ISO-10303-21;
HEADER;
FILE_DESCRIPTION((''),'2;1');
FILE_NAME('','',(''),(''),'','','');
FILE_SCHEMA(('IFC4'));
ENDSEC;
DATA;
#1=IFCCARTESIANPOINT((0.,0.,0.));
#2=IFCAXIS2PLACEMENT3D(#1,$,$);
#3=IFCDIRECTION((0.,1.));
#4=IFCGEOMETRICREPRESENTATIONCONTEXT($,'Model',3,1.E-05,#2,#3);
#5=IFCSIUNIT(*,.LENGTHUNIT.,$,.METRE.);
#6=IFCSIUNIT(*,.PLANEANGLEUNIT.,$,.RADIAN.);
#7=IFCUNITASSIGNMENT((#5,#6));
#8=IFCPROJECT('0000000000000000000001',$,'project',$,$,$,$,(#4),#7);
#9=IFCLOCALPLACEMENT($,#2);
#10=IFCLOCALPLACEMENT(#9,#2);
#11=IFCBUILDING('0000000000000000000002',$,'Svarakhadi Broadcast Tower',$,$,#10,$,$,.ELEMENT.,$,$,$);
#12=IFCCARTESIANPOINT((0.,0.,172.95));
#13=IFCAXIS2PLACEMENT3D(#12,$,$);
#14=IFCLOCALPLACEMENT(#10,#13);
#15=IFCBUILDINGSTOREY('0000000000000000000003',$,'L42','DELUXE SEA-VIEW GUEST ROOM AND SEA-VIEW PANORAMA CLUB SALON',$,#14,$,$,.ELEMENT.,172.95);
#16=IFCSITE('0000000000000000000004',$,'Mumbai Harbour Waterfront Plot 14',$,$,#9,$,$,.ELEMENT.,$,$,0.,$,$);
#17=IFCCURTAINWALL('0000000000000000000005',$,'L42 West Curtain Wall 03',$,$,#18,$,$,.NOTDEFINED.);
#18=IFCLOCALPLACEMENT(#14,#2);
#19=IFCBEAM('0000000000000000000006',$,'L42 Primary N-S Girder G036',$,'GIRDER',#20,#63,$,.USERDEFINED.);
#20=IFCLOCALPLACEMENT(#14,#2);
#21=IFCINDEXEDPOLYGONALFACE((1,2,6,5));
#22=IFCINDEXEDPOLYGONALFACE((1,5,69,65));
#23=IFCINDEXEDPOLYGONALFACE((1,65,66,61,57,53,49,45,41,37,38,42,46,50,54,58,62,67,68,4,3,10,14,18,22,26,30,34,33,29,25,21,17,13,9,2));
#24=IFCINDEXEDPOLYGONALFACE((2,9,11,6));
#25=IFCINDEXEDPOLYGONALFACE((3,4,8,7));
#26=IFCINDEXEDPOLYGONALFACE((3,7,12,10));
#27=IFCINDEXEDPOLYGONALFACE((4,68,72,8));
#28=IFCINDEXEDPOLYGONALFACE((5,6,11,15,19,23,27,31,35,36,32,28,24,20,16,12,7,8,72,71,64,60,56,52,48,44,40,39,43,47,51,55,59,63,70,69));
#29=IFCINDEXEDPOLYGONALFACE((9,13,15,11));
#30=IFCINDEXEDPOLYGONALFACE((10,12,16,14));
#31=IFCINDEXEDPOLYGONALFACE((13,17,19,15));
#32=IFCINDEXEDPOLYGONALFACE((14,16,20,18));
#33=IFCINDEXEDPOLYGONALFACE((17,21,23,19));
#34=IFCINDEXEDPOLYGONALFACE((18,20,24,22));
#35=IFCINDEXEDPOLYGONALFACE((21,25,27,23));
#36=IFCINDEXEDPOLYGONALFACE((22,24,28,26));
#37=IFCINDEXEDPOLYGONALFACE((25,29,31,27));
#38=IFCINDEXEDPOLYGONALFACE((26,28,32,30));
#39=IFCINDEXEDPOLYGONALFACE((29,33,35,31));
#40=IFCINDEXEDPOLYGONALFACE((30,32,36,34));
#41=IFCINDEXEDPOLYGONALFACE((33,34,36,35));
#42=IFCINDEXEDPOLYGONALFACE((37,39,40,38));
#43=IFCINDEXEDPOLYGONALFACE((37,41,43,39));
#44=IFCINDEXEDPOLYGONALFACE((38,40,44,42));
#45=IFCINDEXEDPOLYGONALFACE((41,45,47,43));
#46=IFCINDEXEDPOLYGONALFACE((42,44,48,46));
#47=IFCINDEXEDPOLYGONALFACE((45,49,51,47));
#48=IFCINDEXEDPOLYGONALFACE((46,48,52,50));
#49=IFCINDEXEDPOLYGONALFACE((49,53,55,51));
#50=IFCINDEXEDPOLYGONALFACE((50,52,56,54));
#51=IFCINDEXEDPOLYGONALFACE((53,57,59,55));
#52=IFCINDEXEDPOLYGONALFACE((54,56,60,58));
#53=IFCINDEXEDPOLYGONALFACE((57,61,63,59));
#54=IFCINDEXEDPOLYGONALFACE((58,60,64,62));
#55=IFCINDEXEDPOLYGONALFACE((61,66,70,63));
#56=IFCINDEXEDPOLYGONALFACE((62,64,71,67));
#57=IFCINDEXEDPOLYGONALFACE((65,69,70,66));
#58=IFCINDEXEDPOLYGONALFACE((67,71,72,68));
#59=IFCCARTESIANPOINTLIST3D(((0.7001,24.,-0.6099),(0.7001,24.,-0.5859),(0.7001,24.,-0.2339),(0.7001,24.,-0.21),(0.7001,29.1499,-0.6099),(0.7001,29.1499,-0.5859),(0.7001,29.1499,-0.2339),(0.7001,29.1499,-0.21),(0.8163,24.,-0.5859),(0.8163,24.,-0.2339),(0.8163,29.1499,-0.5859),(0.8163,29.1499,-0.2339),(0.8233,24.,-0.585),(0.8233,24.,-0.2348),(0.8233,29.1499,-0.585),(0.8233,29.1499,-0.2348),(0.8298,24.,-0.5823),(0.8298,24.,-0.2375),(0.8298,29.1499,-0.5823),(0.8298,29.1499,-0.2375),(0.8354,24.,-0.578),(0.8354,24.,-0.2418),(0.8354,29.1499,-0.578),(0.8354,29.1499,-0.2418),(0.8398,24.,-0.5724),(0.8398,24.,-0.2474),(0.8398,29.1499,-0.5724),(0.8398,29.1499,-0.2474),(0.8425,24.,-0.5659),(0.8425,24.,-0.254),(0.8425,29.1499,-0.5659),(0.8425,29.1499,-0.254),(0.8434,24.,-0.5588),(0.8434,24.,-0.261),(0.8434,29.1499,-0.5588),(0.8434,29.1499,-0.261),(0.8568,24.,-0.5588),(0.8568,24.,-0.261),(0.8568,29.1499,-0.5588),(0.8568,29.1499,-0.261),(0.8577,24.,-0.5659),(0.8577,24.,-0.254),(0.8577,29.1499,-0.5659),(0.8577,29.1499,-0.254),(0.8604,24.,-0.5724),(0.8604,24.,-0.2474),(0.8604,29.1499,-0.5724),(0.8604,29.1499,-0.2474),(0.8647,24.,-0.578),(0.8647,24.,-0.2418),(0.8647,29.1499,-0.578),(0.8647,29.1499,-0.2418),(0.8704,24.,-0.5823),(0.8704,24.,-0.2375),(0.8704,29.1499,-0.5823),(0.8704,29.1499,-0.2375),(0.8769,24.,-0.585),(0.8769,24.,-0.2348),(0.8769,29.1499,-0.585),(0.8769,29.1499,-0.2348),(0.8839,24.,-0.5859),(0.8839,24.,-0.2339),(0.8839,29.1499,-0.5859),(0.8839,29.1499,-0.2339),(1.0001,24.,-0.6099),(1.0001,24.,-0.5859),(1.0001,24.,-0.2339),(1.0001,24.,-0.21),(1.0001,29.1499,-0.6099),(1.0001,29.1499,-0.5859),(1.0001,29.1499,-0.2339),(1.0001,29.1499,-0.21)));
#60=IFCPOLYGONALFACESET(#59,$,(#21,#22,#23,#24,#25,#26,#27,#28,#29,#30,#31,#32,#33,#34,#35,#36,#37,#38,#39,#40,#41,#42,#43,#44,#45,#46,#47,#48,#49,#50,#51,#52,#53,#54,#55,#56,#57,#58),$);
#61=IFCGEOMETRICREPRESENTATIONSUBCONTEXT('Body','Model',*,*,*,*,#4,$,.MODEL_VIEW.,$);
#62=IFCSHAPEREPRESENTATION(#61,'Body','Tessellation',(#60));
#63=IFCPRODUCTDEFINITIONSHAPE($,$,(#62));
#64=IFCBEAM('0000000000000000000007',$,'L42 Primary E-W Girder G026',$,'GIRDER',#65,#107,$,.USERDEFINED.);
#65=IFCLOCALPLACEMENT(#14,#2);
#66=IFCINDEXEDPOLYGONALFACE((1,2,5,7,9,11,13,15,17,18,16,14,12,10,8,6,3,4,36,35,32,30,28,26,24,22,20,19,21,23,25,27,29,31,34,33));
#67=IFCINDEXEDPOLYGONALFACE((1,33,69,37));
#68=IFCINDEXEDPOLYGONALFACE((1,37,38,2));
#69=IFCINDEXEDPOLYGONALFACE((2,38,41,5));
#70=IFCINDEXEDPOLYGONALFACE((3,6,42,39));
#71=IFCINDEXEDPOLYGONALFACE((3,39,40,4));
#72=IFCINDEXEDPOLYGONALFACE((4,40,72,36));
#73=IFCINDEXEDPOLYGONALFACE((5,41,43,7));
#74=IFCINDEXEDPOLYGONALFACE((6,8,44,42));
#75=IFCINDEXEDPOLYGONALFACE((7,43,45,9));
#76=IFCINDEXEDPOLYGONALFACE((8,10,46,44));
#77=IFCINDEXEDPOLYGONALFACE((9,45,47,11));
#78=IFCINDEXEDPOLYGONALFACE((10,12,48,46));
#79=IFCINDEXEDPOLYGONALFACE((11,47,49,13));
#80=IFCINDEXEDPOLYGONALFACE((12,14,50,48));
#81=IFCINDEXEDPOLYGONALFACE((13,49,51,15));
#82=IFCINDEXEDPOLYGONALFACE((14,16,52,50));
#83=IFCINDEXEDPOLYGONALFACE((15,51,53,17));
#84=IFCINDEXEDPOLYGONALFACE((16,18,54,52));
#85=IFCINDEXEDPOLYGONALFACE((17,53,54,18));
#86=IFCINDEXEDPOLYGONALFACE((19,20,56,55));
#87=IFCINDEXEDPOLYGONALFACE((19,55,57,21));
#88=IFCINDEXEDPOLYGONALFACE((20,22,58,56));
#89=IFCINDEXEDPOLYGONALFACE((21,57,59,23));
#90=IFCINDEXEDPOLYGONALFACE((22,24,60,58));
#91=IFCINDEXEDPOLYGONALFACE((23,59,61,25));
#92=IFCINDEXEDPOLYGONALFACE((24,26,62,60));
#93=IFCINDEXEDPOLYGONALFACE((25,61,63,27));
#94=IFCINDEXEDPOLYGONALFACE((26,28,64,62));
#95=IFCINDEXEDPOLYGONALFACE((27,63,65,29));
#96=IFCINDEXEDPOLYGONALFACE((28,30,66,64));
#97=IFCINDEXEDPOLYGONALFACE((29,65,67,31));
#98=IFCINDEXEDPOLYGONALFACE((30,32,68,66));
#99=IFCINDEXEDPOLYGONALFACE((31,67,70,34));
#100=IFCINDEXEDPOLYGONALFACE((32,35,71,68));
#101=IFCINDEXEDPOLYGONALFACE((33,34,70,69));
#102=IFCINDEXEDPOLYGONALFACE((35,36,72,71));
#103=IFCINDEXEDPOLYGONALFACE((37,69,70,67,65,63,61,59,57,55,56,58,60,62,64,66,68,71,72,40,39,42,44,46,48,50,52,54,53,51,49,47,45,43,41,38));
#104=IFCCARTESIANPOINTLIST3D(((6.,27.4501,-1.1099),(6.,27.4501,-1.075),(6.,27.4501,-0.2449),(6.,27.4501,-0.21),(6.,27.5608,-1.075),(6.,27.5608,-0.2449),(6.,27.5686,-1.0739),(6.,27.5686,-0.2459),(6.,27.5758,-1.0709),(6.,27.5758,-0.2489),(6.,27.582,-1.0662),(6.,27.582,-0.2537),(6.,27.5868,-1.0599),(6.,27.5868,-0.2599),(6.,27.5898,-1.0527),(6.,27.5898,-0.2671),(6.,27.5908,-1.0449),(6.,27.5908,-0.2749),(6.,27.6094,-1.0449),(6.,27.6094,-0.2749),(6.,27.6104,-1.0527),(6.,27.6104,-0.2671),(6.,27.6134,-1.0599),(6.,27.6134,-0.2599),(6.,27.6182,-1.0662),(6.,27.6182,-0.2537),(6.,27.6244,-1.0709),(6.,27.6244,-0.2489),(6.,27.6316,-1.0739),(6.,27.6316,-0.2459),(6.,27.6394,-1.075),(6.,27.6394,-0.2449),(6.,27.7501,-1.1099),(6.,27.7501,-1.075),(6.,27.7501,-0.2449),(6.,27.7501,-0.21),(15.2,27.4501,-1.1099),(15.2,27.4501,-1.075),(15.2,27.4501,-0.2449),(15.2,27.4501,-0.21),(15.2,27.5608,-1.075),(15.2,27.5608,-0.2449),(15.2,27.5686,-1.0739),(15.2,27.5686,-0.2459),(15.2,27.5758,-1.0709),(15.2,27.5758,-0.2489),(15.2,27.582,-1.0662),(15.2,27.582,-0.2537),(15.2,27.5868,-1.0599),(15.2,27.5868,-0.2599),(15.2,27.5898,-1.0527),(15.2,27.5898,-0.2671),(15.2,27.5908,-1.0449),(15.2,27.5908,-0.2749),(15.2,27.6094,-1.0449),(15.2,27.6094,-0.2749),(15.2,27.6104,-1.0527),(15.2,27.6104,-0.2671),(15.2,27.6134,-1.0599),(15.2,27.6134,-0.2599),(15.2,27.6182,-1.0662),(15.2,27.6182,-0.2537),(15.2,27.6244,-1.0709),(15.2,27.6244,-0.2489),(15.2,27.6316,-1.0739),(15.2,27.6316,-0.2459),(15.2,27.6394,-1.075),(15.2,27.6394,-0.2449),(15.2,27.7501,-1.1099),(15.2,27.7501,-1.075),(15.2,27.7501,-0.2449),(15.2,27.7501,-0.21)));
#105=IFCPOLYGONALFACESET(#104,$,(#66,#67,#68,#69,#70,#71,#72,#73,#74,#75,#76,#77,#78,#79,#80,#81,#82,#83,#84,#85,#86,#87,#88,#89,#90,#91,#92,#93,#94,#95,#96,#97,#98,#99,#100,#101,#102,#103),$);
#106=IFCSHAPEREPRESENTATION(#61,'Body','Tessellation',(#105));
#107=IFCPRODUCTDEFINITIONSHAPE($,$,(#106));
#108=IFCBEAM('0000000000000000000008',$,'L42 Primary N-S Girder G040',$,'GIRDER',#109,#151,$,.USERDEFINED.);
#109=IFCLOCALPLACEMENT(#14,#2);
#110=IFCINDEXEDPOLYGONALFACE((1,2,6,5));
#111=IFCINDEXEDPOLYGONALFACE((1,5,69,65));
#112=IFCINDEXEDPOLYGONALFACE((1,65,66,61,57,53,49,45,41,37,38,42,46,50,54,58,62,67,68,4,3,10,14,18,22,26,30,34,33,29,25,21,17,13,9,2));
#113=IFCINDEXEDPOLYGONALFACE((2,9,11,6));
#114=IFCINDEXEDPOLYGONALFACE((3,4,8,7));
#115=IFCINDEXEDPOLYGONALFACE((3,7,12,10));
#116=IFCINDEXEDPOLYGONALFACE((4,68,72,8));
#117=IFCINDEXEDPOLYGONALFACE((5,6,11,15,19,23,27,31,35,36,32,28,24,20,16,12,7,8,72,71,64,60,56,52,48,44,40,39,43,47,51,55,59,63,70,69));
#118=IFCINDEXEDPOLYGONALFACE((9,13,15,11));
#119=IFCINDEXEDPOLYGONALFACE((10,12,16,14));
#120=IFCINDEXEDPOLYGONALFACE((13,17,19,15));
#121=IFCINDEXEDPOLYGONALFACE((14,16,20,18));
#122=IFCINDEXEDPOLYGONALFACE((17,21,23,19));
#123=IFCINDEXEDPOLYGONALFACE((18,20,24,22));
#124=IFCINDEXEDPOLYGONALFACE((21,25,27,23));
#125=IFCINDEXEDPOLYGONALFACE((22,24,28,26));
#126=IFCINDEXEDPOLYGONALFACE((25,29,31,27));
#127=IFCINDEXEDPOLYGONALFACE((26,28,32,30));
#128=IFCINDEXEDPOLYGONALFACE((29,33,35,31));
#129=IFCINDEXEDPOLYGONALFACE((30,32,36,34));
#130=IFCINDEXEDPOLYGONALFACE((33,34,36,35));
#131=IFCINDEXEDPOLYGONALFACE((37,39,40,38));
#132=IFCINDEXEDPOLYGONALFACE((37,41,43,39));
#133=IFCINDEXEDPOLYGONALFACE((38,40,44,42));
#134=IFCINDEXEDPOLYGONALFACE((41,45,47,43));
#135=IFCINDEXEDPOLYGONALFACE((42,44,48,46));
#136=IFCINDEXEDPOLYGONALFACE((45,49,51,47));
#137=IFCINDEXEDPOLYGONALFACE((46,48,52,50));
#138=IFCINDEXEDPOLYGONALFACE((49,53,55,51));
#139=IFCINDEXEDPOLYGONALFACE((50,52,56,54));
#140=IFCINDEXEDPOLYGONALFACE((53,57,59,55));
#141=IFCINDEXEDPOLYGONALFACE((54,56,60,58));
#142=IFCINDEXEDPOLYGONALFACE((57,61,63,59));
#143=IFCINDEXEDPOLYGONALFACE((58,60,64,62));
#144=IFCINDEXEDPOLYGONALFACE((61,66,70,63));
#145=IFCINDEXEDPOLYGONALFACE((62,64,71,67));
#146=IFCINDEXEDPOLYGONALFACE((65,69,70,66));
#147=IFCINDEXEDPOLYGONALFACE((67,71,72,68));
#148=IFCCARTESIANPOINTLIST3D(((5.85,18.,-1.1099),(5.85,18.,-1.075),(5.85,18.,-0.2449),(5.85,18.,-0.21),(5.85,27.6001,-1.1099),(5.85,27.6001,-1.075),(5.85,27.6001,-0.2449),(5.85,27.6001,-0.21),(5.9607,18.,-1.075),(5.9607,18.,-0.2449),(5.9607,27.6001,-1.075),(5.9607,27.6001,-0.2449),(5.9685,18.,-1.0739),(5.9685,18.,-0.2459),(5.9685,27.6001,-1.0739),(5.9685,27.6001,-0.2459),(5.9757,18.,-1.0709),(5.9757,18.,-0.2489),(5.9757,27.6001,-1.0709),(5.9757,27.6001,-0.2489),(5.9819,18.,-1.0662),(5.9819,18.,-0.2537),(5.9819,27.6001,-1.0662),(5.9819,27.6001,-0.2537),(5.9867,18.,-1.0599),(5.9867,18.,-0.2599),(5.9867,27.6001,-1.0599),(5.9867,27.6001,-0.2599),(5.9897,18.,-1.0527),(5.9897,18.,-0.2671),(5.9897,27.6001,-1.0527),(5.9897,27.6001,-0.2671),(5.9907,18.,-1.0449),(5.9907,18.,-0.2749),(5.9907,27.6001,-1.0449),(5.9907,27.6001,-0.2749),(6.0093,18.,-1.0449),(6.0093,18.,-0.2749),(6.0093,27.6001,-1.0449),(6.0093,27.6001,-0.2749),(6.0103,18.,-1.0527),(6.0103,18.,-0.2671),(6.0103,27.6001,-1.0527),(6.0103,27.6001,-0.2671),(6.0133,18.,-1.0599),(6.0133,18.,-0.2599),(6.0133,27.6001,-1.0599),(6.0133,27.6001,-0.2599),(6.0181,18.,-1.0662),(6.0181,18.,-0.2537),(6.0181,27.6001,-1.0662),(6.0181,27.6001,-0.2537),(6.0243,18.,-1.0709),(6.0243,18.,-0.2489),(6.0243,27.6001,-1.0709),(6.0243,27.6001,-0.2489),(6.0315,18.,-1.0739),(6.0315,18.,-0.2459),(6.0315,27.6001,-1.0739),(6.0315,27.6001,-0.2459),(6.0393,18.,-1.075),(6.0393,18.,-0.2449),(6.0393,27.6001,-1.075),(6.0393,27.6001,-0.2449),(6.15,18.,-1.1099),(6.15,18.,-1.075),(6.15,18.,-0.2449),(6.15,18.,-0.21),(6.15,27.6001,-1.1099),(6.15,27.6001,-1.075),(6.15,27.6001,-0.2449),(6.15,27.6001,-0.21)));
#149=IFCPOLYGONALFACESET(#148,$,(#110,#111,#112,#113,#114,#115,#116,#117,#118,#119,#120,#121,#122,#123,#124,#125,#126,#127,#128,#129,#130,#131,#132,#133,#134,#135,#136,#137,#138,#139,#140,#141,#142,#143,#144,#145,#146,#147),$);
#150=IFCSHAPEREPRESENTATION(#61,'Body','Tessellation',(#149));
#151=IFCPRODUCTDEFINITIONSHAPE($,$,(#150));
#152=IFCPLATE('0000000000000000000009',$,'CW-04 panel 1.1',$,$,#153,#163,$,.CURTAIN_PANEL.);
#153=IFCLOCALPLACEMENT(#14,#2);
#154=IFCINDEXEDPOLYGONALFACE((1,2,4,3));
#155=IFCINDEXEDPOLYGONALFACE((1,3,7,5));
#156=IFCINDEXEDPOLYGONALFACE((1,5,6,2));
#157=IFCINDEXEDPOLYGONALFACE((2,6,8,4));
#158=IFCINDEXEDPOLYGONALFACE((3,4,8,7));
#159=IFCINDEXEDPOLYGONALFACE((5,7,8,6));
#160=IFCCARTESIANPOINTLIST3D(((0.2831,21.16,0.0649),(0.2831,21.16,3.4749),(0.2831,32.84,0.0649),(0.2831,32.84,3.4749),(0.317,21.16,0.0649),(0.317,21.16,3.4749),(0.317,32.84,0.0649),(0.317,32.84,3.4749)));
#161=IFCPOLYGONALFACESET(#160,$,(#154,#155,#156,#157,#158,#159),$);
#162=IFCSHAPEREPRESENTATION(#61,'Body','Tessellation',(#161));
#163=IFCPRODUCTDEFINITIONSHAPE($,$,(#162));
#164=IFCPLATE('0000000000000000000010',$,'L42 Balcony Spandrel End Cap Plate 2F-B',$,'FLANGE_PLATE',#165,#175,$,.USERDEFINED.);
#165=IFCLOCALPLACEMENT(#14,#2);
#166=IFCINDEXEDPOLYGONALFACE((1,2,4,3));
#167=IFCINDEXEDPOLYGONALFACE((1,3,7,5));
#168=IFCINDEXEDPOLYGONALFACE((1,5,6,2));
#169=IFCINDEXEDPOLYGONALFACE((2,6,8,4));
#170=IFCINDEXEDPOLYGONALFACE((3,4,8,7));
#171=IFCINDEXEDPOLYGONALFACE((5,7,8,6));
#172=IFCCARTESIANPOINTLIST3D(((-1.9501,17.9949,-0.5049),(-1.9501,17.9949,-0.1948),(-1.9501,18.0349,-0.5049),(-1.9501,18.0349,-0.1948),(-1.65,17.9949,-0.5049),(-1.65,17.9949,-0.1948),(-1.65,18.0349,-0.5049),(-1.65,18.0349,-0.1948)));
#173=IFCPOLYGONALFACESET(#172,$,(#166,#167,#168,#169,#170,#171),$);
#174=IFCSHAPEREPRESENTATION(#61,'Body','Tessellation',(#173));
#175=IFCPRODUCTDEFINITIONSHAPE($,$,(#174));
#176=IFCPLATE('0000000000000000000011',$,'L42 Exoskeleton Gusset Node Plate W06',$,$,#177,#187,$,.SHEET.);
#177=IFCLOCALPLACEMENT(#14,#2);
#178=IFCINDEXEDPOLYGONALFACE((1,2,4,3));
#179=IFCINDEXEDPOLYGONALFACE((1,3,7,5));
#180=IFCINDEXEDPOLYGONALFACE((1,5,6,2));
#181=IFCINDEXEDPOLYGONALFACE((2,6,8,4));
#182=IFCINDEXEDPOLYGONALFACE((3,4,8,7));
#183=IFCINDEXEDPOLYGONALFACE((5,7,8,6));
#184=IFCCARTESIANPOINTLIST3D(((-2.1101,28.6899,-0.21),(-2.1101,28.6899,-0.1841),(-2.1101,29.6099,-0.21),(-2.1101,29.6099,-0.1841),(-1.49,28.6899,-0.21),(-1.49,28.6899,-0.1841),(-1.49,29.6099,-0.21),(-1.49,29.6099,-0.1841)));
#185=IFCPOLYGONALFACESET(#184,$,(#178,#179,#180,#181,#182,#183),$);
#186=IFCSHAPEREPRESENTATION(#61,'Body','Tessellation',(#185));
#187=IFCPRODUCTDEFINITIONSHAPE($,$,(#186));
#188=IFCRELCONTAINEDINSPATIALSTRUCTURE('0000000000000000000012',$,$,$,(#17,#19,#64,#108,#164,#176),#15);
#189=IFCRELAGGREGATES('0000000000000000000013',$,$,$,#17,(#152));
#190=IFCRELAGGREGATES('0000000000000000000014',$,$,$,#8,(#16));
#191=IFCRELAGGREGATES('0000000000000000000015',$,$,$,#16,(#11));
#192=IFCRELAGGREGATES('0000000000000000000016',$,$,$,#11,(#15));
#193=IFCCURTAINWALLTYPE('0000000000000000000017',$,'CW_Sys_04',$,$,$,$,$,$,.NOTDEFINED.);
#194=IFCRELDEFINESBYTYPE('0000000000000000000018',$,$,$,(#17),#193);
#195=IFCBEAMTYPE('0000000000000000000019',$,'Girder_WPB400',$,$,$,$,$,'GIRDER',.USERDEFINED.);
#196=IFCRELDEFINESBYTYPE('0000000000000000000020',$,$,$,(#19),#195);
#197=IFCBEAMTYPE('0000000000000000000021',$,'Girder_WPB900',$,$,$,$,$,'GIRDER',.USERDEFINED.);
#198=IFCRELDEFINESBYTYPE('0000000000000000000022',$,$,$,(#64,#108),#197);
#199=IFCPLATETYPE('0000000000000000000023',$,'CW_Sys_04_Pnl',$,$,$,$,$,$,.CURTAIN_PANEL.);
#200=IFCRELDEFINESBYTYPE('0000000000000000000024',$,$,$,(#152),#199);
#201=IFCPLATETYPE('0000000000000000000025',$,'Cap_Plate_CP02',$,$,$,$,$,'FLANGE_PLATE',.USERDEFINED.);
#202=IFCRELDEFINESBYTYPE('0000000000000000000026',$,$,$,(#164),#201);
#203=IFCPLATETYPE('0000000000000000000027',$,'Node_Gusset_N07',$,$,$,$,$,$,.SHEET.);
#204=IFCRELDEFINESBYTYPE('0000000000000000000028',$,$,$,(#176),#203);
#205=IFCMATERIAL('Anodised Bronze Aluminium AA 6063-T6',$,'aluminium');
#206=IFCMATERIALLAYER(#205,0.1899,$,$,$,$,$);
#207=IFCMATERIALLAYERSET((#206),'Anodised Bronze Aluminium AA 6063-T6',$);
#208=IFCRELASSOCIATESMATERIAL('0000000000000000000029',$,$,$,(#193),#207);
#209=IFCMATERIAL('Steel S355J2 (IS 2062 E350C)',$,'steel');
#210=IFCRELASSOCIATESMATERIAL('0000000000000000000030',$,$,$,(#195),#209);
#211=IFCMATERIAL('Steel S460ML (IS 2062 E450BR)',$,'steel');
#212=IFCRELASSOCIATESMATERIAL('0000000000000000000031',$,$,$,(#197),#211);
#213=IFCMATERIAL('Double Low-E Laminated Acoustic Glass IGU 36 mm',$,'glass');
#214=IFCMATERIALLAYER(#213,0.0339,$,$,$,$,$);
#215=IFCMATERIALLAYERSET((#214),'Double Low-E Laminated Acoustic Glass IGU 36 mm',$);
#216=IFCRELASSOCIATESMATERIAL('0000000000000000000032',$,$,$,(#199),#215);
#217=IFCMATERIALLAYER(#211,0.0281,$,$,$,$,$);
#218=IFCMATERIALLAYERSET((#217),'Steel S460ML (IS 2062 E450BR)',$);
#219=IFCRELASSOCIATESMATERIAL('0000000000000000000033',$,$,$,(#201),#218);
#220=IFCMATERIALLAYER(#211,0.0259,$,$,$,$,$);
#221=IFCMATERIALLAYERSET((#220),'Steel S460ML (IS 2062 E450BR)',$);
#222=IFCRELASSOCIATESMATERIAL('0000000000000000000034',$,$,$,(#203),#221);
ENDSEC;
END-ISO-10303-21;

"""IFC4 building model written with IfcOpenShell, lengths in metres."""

from ifc_helpers import new_model, si_unit, direction, frame, origin, origin_2d, place, context, subcontext, project, spatial, rectangle, i_section, extrude, material, layer, layer_set, material_profile, profile_set, type_object, element, aggregate, save


model = new_model("IFC4")

# Units and contexts
model_context = context("Model", 3, precision=1e-05, world=origin(), true_north=direction((0.0, 1.0)))
body_context = subcontext(model_context, "Body", "Model", "MODEL_VIEW")
ifc_project = project(units=[si_unit("LENGTHUNIT", "METRE"), si_unit("PLANEANGLEUNIT", "RADIAN")], contexts=[model_context])

# Site, building, storey
site_placement = place(None, origin())
site = spatial("IfcSite", under=ifc_project, at=site_placement, Name="Mumbai Harbour Waterfront Plot 14", CompositionType="ELEMENT", RefElevation=0.0)
building_placement = place(site_placement, origin())
building = spatial("IfcBuilding", under=site, at=building_placement, Name="Svarakhadi Broadcast Tower", CompositionType="ELEMENT")
storey_placement = place(building_placement, frame((0.0, 0.0, 172.95)))
storey = spatial("IfcBuildingStorey", under=building, at=storey_placement, Name="L42", Description="DELUXE SEA-VIEW GUEST ROOM AND SEA-VIEW PANORAMA CLUB SALON", CompositionType="ELEMENT", Elevation=172.95)

# Shared definitions
ifc_material_1 = material(Name="Steel S460ML (IS 2062 E450BR)", Category="steel")

# Shared definitions
ifc_material_2 = material(Name="Steel S355J2 (IS 2062 E350C)", Category="steel")

# Curtain wall
ifc_material_3 = material(Name="Anodised Bronze Aluminium AA 6063-T6", Category="aluminium")
ifc_layer_1 = layer(ifc_material_3, 0.1899)
ifc_layer_set_1 = layer_set([ifc_layer_1], Name="Anodised Bronze Aluminium AA 6063-T6")
curtain_wall_type = type_object("IfcCurtainWallType", Name="CW_Sys_04", PredefinedType="NOTDEFINED", material=ifc_layer_set_1)
curtain_wall_placement = place(storey_placement, origin())
curtain_wall = element("IfcCurtainWall", 1, at=curtain_wall_placement, inside=storey, type_object=curtain_wall_type, Name="L42 West Curtain Wall 03", PredefinedType="NOTDEFINED")

# Beams
ifc_material_profile_1 = material_profile(ifc_material_2, i_section(OverallWidth=0.3, OverallDepth=0.3999, WebThickness=0.0134, FlangeThickness=0.0239, FilletRadius=0.0271, at=origin_2d()), Name="WPB 400x300x155")
ifc_profile_set_1 = profile_set([ifc_material_profile_1], Name="Steel S355J2 (IS 2062 E350C)")
beam_type_1 = type_object("IfcBeamType", Name="Girder_WPB400", ElementType="GIRDER", PredefinedType="USERDEFINED", material=ifc_profile_set_1)
beam_1_placement = place(storey_placement, frame((0.8501, 24.0, -0.4099), z_axis=(0.0, 1.0, 0.0), x_axis=(-1.0, 0.0, 0.0)))
element("IfcBeam", 2, at=beam_1_placement, inside=storey, type_object=beam_type_1, Name="L42 Primary N-S Girder G036", ObjectType="GIRDER", PredefinedType="USERDEFINED", context=body_context, shape_type="SweptSolid", body=[
    extrude(i_section(OverallWidth=0.3, OverallDepth=0.3999, WebThickness=0.0134, FlangeThickness=0.0239, FilletRadius=0.0271, at=origin_2d()), origin(), (0.0, 0.0, 1.0), 5.1499),
])
ifc_material_profile_2 = material_profile(ifc_material_1, i_section(OverallWidth=0.3, OverallDepth=0.8999, WebThickness=0.0186, FlangeThickness=0.0349, FilletRadius=0.03, at=origin_2d()), Name="WPB 900x300x291")
ifc_profile_set_2 = profile_set([ifc_material_profile_2], Name="Steel S460ML (IS 2062 E450BR)")
beam_type_2 = type_object("IfcBeamType", Name="Girder_WPB900", ElementType="GIRDER", PredefinedType="USERDEFINED", material=ifc_profile_set_2)
beam_2_placement = place(storey_placement, frame((6.0, 27.6001, -0.6599), z_axis=(1.0, 0.0, 0.0), x_axis=(0.0, 1.0, 0.0)))
element("IfcBeam", 3, at=beam_2_placement, inside=storey, type_object=beam_type_2, Name="L42 Primary E-W Girder G026", ObjectType="GIRDER", PredefinedType="USERDEFINED", context=body_context, shape_type="SweptSolid", body=[
    extrude(i_section(OverallWidth=0.3, OverallDepth=0.8999, WebThickness=0.0186, FlangeThickness=0.0349, FilletRadius=0.03, at=origin_2d()), origin(), (0.0, 0.0, 1.0), 9.2),
])
beam_3_placement = place(storey_placement, frame((6.0, 18.0, -0.6599), z_axis=(0.0, 1.0, 0.0), x_axis=(-1.0, 0.0, 0.0)))
element("IfcBeam", 4, at=beam_3_placement, inside=storey, type_object=beam_type_2, Name="L42 Primary N-S Girder G040", ObjectType="GIRDER", PredefinedType="USERDEFINED", context=body_context, shape_type="SweptSolid", body=[
    extrude(i_section(OverallWidth=0.3, OverallDepth=0.8999, WebThickness=0.0186, FlangeThickness=0.0349, FilletRadius=0.03, at=origin_2d()), origin(), (0.0, 0.0, 1.0), 9.6001),
])

# Plate
ifc_material_4 = material(Name="Double Low-E Laminated Acoustic Glass IGU 36 mm", Category="glass")
ifc_layer_2 = layer(ifc_material_4, 0.0339)
ifc_layer_set_2 = layer_set([ifc_layer_2], Name="Double Low-E Laminated Acoustic Glass IGU 36 mm")
plate_type_1 = type_object("IfcPlateType", Name="CW_Sys_04_Pnl", PredefinedType="CURTAIN_PANEL", material=ifc_layer_set_2)
plate_1_placement = place(storey_placement, frame((0.3, 27.0, 0.0649), z_axis=(0.0, 0.0, 1.0), x_axis=(0.0, 1.0, 0.0)))
plate_1 = element("IfcPlate", 5, at=plate_1_placement, type_object=plate_type_1, Name="CW-04 panel 1.1", PredefinedType="CURTAIN_PANEL", context=body_context, shape_type="SweptSolid", body=[
    extrude(rectangle(XDim=11.6799, YDim=0.0339, at=origin_2d()), origin(), (0.0, 0.0, 1.0), 3.4099),
])
aggregate(curtain_wall, [plate_1])

# Plates
ifc_layer_3 = layer(ifc_material_1, 0.0281)
ifc_layer_set_3 = layer_set([ifc_layer_3], Name="Steel S460ML (IS 2062 E450BR)")
plate_type_2 = type_object("IfcPlateType", Name="Cap_Plate_CP02", ElementType="FLANGE_PLATE", PredefinedType="USERDEFINED", material=ifc_layer_set_3)
plate_2_placement = place(storey_placement, frame((-1.8, 18.0149, -0.5049), z_axis=(0.0, 0.0, 1.0), x_axis=(1.0, 0.0, 0.0)))
element("IfcPlate", 6, at=plate_2_placement, inside=storey, type_object=plate_type_2, Name="L42 Balcony Spandrel End Cap Plate 2F-B", ObjectType="FLANGE_PLATE", PredefinedType="USERDEFINED", context=body_context, shape_type="SweptSolid", body=[
    extrude(rectangle(XDim=0.3, YDim=0.04, at=origin_2d()), origin(), (0.0, 0.0, 1.0), 0.3101),
])
ifc_layer_4 = layer(ifc_material_1, 0.0259)
ifc_layer_set_4 = layer_set([ifc_layer_4], Name="Steel S460ML (IS 2062 E450BR)")
plate_type_3 = type_object("IfcPlateType", Name="Node_Gusset_N07", PredefinedType="SHEET", material=ifc_layer_set_4)
plate_3_placement = place(storey_placement, frame((-1.8, 29.1499, -0.21), z_axis=(0.0, 0.0, 1.0), x_axis=(0.0, 1.0, 0.0)))
element("IfcPlate", 7, at=plate_3_placement, inside=storey, type_object=plate_type_3, Name="L42 Exoskeleton Gusset Node Plate W06", PredefinedType="SHEET", context=body_context, shape_type="SweptSolid", body=[
    extrude(rectangle(XDim=0.9199, YDim=0.6201, at=origin_2d()), origin(), (0.0, 0.0, 1.0), 0.0259),
])

save(model, "model.ifc")
